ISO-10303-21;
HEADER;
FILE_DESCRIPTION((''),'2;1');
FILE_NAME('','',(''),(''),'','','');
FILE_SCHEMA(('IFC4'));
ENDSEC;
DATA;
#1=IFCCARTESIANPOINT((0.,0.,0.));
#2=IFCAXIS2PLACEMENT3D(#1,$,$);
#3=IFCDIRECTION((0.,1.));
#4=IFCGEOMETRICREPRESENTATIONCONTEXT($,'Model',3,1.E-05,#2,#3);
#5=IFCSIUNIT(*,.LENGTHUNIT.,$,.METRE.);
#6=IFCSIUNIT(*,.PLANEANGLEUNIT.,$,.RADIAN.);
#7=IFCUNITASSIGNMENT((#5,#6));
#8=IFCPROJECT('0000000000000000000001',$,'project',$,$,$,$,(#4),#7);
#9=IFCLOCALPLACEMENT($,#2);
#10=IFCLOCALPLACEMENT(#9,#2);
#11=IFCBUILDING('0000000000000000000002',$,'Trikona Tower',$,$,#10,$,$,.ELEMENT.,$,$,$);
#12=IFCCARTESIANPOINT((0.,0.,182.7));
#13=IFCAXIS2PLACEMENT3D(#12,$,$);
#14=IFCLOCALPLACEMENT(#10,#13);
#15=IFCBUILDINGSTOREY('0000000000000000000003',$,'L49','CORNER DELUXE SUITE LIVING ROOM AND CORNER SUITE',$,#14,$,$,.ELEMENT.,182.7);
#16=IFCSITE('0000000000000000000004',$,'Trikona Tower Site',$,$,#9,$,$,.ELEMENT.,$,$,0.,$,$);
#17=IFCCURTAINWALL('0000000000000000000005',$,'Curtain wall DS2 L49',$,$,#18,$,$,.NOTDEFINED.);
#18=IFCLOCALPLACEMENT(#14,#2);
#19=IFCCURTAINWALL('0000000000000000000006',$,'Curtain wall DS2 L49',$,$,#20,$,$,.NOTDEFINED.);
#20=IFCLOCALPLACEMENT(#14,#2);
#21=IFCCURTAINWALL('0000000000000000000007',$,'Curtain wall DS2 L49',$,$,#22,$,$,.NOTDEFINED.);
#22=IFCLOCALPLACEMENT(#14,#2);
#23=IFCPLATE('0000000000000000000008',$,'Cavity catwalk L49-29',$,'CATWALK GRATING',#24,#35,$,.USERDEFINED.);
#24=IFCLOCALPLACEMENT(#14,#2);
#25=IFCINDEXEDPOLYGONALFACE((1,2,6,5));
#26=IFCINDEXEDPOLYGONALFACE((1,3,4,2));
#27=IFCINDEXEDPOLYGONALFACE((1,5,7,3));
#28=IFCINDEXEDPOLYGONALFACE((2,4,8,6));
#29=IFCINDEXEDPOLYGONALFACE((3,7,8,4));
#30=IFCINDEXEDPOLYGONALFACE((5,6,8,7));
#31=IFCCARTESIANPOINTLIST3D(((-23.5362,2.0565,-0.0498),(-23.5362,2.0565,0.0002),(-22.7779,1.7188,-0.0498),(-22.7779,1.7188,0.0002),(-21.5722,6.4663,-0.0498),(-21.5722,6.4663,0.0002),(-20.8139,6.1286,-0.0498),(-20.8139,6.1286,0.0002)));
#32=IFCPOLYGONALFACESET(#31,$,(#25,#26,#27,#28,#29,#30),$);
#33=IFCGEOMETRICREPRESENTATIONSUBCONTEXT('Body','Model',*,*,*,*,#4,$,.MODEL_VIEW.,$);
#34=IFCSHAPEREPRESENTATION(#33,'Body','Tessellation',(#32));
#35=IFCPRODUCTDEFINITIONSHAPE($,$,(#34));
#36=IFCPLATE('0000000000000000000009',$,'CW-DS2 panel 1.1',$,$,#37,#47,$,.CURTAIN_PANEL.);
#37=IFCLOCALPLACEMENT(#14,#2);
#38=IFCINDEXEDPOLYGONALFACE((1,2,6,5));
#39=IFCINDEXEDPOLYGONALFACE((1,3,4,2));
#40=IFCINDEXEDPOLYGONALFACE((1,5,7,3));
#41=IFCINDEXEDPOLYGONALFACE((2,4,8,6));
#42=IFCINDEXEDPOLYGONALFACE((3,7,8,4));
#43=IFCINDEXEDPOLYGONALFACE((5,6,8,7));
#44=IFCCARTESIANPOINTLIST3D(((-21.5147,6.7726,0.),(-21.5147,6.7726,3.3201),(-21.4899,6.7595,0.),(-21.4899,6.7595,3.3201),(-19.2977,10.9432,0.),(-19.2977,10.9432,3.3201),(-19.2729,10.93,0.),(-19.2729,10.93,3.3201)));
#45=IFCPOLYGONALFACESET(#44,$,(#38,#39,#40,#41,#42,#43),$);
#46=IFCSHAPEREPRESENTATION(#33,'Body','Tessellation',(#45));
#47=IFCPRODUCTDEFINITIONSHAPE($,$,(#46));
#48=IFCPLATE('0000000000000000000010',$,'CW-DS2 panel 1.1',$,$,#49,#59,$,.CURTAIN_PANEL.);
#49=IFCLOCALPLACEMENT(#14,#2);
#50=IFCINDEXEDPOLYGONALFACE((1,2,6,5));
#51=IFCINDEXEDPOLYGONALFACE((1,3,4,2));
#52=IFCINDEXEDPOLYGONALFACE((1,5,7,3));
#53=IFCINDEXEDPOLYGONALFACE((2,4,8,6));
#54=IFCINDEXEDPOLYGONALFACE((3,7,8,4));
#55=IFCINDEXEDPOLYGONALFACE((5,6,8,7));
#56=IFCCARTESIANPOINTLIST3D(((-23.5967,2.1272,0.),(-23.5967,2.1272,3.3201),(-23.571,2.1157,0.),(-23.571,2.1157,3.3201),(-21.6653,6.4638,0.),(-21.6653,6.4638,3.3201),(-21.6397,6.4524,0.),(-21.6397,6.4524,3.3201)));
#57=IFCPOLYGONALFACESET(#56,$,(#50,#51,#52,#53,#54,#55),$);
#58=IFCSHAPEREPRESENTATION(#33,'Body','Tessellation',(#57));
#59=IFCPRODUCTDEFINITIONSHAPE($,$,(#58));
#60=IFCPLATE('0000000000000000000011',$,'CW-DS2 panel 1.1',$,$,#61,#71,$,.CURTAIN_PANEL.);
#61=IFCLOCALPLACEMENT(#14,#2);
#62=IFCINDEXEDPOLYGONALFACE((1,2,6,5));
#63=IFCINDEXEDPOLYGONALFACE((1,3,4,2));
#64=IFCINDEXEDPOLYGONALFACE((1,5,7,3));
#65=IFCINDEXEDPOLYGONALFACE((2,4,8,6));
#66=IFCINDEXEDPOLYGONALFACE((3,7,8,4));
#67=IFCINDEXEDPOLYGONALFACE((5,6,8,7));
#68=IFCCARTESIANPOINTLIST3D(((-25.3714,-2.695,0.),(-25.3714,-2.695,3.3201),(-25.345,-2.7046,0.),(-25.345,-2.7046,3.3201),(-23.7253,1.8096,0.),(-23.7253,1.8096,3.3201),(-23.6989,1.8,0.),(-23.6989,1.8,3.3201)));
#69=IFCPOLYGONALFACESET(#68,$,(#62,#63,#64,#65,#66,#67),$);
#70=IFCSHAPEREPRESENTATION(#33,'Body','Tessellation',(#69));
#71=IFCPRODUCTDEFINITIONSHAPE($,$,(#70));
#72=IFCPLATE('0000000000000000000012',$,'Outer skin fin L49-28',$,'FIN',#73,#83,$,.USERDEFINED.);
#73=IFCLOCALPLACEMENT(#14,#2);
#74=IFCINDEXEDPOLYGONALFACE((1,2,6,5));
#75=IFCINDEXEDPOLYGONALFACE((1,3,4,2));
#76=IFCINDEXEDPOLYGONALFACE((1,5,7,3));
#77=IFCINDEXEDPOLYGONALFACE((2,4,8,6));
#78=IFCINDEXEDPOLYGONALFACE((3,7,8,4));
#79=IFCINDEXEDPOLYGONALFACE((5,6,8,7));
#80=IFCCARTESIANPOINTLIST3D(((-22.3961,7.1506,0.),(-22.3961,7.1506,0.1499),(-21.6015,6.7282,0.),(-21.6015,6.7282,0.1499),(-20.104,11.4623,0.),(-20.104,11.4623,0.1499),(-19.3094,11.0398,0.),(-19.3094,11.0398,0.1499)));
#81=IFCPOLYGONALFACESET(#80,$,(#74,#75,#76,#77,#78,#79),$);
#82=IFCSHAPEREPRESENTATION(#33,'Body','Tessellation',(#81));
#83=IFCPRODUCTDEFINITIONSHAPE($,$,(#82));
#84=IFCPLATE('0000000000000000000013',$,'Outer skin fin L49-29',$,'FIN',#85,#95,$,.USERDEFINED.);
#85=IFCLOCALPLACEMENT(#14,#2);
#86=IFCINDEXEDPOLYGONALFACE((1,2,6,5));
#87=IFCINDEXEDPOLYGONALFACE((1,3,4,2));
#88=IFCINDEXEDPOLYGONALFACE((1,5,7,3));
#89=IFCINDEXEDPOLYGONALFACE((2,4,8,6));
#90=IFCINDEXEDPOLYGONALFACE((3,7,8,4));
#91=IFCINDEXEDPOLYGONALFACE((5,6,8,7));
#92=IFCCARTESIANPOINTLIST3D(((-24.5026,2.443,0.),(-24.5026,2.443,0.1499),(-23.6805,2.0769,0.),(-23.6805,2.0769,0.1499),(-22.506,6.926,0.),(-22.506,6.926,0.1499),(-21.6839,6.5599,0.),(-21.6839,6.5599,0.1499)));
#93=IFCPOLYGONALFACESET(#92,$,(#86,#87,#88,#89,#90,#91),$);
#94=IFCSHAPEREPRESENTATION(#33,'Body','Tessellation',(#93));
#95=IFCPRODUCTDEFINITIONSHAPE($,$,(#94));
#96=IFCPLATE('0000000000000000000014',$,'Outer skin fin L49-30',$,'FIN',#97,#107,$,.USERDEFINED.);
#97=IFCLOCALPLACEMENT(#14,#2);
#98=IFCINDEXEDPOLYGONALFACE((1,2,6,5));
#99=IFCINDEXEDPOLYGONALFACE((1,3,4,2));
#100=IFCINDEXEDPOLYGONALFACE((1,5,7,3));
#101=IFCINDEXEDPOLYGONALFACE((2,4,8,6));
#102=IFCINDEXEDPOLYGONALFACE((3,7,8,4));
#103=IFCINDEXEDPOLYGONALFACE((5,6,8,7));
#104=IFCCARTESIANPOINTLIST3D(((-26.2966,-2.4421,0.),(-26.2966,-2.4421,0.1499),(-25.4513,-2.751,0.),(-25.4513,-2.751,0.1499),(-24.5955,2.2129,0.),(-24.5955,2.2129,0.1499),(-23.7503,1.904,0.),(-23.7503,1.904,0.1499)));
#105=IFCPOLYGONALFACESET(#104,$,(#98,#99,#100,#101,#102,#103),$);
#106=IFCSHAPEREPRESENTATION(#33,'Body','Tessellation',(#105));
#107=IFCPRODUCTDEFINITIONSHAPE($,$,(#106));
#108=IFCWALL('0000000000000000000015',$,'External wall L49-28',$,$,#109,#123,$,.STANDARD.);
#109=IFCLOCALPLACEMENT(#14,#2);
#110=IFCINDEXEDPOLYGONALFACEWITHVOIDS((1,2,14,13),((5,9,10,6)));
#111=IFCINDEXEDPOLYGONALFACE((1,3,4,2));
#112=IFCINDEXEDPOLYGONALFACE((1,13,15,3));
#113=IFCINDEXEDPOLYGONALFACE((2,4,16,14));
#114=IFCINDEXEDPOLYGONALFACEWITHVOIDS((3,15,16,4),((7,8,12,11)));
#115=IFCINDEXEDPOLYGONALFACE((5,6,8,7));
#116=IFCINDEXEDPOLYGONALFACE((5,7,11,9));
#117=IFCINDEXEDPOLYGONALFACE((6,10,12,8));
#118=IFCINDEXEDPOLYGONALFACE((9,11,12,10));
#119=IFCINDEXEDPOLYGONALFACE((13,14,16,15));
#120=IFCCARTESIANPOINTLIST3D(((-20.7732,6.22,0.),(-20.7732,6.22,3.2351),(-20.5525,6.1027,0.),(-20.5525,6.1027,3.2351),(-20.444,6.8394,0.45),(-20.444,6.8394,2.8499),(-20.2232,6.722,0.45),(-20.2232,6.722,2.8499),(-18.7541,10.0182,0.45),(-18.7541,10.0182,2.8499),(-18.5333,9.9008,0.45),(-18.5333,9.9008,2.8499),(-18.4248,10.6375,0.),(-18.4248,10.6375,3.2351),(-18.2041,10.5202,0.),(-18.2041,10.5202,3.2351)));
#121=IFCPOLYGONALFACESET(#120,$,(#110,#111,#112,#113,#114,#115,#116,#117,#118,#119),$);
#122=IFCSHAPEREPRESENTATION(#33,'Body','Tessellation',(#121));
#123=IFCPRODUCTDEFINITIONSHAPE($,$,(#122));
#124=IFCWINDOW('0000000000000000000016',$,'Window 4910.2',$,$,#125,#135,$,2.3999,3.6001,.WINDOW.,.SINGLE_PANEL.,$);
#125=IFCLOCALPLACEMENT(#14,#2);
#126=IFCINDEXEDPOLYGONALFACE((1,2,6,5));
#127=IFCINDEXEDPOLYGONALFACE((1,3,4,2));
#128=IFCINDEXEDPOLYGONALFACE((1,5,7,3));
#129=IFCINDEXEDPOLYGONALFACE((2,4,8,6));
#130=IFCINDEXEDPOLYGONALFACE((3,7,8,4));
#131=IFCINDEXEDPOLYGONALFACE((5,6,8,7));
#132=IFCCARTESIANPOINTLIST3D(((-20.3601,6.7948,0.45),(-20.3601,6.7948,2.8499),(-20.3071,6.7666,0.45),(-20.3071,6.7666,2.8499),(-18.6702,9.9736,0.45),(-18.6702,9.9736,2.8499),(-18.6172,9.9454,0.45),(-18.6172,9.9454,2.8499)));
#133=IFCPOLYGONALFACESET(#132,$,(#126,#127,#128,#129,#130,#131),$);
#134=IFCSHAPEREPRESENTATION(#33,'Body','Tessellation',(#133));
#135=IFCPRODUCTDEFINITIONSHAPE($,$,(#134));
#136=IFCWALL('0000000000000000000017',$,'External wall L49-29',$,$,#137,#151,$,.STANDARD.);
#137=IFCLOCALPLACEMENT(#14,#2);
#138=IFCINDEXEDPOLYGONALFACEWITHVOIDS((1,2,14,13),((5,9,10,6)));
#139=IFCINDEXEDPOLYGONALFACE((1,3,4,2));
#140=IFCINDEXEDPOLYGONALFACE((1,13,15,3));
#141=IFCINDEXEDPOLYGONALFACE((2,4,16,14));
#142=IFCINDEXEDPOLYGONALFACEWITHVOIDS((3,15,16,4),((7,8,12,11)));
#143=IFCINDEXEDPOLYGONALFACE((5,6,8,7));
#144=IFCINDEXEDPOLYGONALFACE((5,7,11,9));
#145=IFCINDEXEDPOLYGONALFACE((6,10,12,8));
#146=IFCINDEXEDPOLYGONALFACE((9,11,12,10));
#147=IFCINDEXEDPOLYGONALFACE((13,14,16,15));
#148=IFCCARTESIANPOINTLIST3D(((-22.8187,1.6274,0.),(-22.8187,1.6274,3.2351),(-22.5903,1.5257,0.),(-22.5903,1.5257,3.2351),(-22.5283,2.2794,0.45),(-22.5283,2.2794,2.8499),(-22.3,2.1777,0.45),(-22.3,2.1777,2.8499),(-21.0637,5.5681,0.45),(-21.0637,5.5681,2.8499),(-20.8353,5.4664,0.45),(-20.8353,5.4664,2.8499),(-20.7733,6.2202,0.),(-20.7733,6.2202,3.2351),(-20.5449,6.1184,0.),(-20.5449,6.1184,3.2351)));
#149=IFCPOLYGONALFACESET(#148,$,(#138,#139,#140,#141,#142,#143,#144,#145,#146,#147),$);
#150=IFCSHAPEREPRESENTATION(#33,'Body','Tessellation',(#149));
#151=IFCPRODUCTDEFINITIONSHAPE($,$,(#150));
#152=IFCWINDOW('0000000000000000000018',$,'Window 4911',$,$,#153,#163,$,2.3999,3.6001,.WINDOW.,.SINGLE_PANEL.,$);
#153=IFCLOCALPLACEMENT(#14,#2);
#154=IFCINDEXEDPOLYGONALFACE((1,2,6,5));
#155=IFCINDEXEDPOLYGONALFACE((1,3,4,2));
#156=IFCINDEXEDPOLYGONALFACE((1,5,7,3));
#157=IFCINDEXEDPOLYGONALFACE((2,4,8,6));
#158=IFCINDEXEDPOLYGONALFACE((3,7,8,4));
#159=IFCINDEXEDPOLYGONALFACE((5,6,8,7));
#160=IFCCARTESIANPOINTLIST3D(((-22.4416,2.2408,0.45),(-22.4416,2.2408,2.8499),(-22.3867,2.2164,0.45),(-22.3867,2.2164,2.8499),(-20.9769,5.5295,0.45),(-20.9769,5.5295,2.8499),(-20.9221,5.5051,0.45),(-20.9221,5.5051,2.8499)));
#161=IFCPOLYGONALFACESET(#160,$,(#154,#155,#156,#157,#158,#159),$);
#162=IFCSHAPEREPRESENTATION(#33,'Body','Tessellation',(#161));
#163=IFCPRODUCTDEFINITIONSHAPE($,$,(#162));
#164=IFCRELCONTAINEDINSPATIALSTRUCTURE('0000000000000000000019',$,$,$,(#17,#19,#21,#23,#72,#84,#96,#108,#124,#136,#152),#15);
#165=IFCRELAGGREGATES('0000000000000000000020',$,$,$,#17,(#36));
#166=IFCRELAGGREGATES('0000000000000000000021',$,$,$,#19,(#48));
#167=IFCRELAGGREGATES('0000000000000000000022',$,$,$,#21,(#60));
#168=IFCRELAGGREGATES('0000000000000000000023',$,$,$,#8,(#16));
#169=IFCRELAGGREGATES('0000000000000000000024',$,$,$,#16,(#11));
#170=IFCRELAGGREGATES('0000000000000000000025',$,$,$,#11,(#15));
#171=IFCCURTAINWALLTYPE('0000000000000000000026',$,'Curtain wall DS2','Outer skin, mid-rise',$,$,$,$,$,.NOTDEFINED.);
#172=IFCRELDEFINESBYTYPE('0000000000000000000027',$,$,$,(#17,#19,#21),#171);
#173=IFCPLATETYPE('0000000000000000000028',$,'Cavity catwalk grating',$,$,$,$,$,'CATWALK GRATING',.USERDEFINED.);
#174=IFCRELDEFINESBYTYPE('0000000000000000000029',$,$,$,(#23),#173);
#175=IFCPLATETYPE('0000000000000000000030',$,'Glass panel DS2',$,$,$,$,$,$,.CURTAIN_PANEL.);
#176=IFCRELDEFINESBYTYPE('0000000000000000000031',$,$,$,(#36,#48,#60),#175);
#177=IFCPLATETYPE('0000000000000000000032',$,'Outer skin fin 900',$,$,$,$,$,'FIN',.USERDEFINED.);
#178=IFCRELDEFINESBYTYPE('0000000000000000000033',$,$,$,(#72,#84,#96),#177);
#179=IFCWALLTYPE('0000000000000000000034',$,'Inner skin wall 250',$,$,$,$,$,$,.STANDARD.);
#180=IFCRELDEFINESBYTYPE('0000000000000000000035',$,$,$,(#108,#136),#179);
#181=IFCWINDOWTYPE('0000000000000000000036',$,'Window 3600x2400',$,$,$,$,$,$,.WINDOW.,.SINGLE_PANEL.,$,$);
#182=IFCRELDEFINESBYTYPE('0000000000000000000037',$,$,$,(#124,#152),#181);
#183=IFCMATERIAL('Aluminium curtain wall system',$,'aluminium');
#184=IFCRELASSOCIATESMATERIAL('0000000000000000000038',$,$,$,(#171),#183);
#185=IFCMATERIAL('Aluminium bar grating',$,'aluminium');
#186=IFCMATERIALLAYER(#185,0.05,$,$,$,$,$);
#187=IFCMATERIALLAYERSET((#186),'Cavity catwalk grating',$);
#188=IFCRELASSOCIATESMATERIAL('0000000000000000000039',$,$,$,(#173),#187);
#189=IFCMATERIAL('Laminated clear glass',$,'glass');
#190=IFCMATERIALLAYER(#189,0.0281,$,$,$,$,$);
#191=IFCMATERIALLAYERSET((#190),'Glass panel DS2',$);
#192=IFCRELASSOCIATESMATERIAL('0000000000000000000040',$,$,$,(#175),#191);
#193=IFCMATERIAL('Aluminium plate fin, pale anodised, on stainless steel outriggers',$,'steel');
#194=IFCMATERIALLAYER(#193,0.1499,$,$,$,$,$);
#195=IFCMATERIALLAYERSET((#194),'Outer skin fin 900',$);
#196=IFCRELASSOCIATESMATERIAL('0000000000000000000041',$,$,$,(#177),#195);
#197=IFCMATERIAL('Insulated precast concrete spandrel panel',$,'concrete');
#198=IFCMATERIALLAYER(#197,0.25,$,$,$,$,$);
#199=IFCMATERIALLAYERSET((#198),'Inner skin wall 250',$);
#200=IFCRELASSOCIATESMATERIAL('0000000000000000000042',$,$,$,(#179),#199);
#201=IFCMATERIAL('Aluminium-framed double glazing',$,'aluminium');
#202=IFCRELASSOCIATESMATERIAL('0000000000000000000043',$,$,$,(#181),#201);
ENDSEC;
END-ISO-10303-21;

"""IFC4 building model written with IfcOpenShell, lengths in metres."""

from ifc_helpers import new_model, si_unit, direction, frame, frame_2d, origin, origin_2d, place, context, subcontext, project, spatial, rectangle, extrude, material, layer, layer_set, type_object, element, fill, aggregate, save


model = new_model("IFC4")

# Units and contexts
model_context = context("Model", 3, precision=1e-05, world=origin(), true_north=direction((0.0, 1.0)))
body_context = subcontext(model_context, "Body", "Model", "MODEL_VIEW")
ifc_project = project(units=[si_unit("LENGTHUNIT", "METRE"), si_unit("PLANEANGLEUNIT", "RADIAN")], contexts=[model_context])

# Site, building, storey
site_placement = place(None, origin())
site = spatial("IfcSite", under=ifc_project, at=site_placement, Name="Trikona Tower Site", CompositionType="ELEMENT", RefElevation=0.0)
building_placement = place(site_placement, origin())
building = spatial("IfcBuilding", under=site, at=building_placement, Name="Trikona Tower", CompositionType="ELEMENT")
storey_placement = place(building_placement, frame((0.0, 0.0, 182.7)))
storey = spatial("IfcBuildingStorey", under=building, at=storey_placement, Name="L49", Description="CORNER DELUXE SUITE LIVING ROOM AND CORNER SUITE", CompositionType="ELEMENT", Elevation=182.7)

# Shared definitions
ifc_material_1 = material(Name="Aluminium curtain wall system", Category="aluminium")
curtain_wall_type = type_object("IfcCurtainWallType", Name="Curtain wall DS2", Description="Outer skin, mid-rise", PredefinedType="NOTDEFINED", material=ifc_material_1)

# Curtain walls
curtain_wall_1_placement = place(storey_placement, origin())
curtain_wall_1 = element("IfcCurtainWall", 1, at=curtain_wall_1_placement, inside=storey, type_object=curtain_wall_type, Name="Curtain wall DS2 L49", PredefinedType="NOTDEFINED")
curtain_wall_2_placement = place(storey_placement, origin())
curtain_wall_2 = element("IfcCurtainWall", 2, at=curtain_wall_2_placement, inside=storey, type_object=curtain_wall_type, Name="Curtain wall DS2 L49", PredefinedType="NOTDEFINED")

# Curtain wall
curtain_wall_3_placement = place(storey_placement, origin())
curtain_wall_3 = element("IfcCurtainWall", 3, at=curtain_wall_3_placement, inside=storey, type_object=curtain_wall_type, Name="Curtain wall DS2 L49", PredefinedType="NOTDEFINED")

# Plate
ifc_material_2 = material(Name="Aluminium bar grating", Category="aluminium")
ifc_layer_1 = layer(ifc_material_2, 0.05)
ifc_layer_set_1 = layer_set([ifc_layer_1], Name="Cavity catwalk grating")
plate_type_1 = type_object("IfcPlateType", Name="Cavity catwalk grating", ElementType="CATWALK GRATING", PredefinedType="USERDEFINED", material=ifc_layer_set_1)
plate_1_placement = place(storey_placement, frame((-22.175, 4.0925, -0.0498), z_axis=(0.0, 0.0, 1.0), x_axis=(-0.406843, -0.913498, 0.0)))
element("IfcPlate", 4, at=plate_1_placement, inside=storey, type_object=plate_type_1, Name="Cavity catwalk L49-29", ObjectType="CATWALK GRATING", PredefinedType="USERDEFINED", context=body_context, shape_type="SweptSolid", body=[
    extrude(rectangle(XDim=4.8274, YDim=0.8301, at=origin_2d()), origin(), (0.0, 0.0, 1.0), 0.05),
])

# Plates
ifc_material_3 = material(Name="Laminated clear glass", Category="glass")
ifc_layer_2 = layer(ifc_material_3, 0.0281)
ifc_layer_set_2 = layer_set([ifc_layer_2], Name="Glass panel DS2")
plate_type_2 = type_object("IfcPlateType", Name="Glass panel DS2", PredefinedType="CURTAIN_PANEL", material=ifc_layer_set_2)
plate_2_placement = place(storey_placement, frame((-20.3938, 8.8513, 0.0), z_axis=(0.0, 0.0, 1.0), x_axis=(-0.46938, -0.882996, 0.0)))
plate_2 = element("IfcPlate", 5, at=plate_2_placement, type_object=plate_type_2, Name="CW-DS2 panel 1.1", PredefinedType="CURTAIN_PANEL", context=body_context, shape_type="SweptSolid", body=[
    extrude(rectangle(XDim=4.7231, YDim=0.0281, at=origin_2d()), origin(), (0.0, 0.0, 1.0), 3.3201),
])
aggregate(curtain_wall_1, [plate_2])
plate_3_placement = place(storey_placement, frame((-22.6182, 4.2898, 0.0), z_axis=(0.0, 0.0, 1.0), x_axis=(-0.406836, -0.913501, 0.0)))
plate_3 = element("IfcPlate", 6, at=plate_3_placement, type_object=plate_type_2, Name="CW-DS2 panel 1.1", PredefinedType="CURTAIN_PANEL", context=body_context, shape_type="SweptSolid", body=[
    extrude(rectangle(XDim=4.7473, YDim=0.0281, at=origin_2d()), origin(), (0.0, 0.0, 1.0), 3.3201),
])
aggregate(curtain_wall_2, [plate_3])
plate_4_placement = place(storey_placement, frame((-24.5352, -0.4475, 0.0), z_axis=(0.0, 0.0, 1.0), x_axis=(-0.343223, -0.939254, 0.0)))
plate_4 = element("IfcPlate", 7, at=plate_4_placement, type_object=plate_type_2, Name="CW-DS2 panel 1.1", PredefinedType="CURTAIN_PANEL", context=body_context, shape_type="SweptSolid", body=[
    extrude(rectangle(XDim=4.7959, YDim=0.0281, at=origin_2d()), origin(), (0.0, 0.0, 1.0), 3.3201),
])
aggregate(curtain_wall_3, [plate_4])

# Plates
ifc_material_4 = material(Name="Aluminium plate fin, pale anodised, on stainless steel outriggers", Category="steel")
ifc_layer_3 = layer(ifc_material_4, 0.1499)
ifc_layer_set_3 = layer_set([ifc_layer_3], Name="Outer skin fin 900")
plate_type_3 = type_object("IfcPlateType", Name="Outer skin fin 900", ElementType="FIN", PredefinedType="USERDEFINED", material=ifc_layer_set_3)
plate_5_placement = place(storey_placement, frame((-20.8528, 9.0952, 0.0), z_axis=(0.0, 0.0, 1.0), x_axis=(-0.469398, -0.882987, 0.0)))
element("IfcPlate", 8, at=plate_5_placement, inside=storey, type_object=plate_type_3, Name="Outer skin fin L49-28", ObjectType="FIN", PredefinedType="USERDEFINED", context=body_context, shape_type="SweptSolid", body=[
    extrude(rectangle(XDim=4.8831, YDim=0.8999, at=origin_2d()), origin(), (0.0, 0.0, 1.0), 0.1499),
])
plate_6_placement = place(storey_placement, frame((-23.0933, 4.5015, 0.0), z_axis=(0.0, 0.0, 1.0), x_axis=(-0.406843, -0.913498, 0.0)))
element("IfcPlate", 9, at=plate_6_placement, inside=storey, type_object=plate_type_3, Name="Outer skin fin L49-29", ObjectType="FIN", PredefinedType="USERDEFINED", context=body_context, shape_type="SweptSolid", body=[
    extrude(rectangle(XDim=4.9075, YDim=0.8999, at=origin_2d()), origin(), (0.0, 0.0, 1.0), 0.1499),
])
plate_7_placement = place(storey_placement, frame((-25.0234, -0.269, 0.0), z_axis=(0.0, 0.0, 1.0), x_axis=(-0.34322, -0.939255, 0.0)))
element("IfcPlate", 10, at=plate_7_placement, inside=storey, type_object=plate_type_3, Name="Outer skin fin L49-30", ObjectType="FIN", PredefinedType="USERDEFINED", context=body_context, shape_type="SweptSolid", body=[
    extrude(rectangle(XDim=4.9561, YDim=0.8999, at=origin_2d()), origin(), (0.0, 0.0, 1.0), 0.1499),
])

# Walls, openings, windows
ifc_material_5 = material(Name="Insulated precast concrete spandrel panel", Category="concrete")
ifc_layer_4 = layer(ifc_material_5, 0.25)
ifc_layer_set_4 = layer_set([ifc_layer_4], Name="Inner skin wall 250")
wall_type = type_object("IfcWallType", Name="Inner skin wall 250", PredefinedType="STANDARD", material=ifc_layer_set_4)
wall_1_placement = place(storey_placement, frame((-18.3145, 10.5789, 0.0), z_axis=(0.0, 0.0, 1.0), x_axis=(-0.469405, -0.882983, 0.0)))
wall_1 = element("IfcWall", 11, at=wall_1_placement, inside=storey, type_object=wall_type, Name="External wall L49-28", PredefinedType="STANDARD", context=body_context, shape_type="SweptSolid", body=[
    extrude(rectangle(XDim=5.0029, YDim=0.25, at=frame_2d((2.5015, 0.0))), origin(), (0.0, 0.0, 1.0), 3.2351),
])
opening_1_placement = place(wall_1_placement, frame((0.7014, 0.0, 0.45)))
opening_1 = element("IfcOpeningElement", 12, at=opening_1_placement, cuts=wall_1, PredefinedType="OPENING", context=body_context, shape_type="SweptSolid", body=[
    extrude(rectangle(XDim=3.6001, YDim=2.3999, at=frame_2d((1.8, 1.2))), frame((0.0, 0.135, 0.0), z_axis=(0.0, -1.0, 0.0), x_axis=(1.0, 0.0, 0.0)), (0.0, 0.0, 1.0), 0.27),
])
ifc_material_6 = material(Name="Aluminium-framed double glazing", Category="aluminium")
window_type = type_object("IfcWindowType", Name="Window 3600x2400", PartitioningType="SINGLE_PANEL", PredefinedType="WINDOW", material=ifc_material_6)
window_1_placement = place(opening_1_placement, origin())
window_1 = element("IfcWindow", 13, at=window_1_placement, inside=storey, type_object=window_type, Name="Window 4910.2", OverallHeight=2.3999, OverallWidth=3.6001, PartitioningType="SINGLE_PANEL", PredefinedType="WINDOW", context=body_context, shape_type="SweptSolid", body=[
    extrude(rectangle(XDim=3.6001, YDim=2.3999, at=frame_2d((1.8, 1.2))), frame((0.0, 0.03, 0.0), z_axis=(0.0, -1.0, 0.0), x_axis=(1.0, 0.0, 0.0)), (0.0, 0.0, 1.0), 0.0601),
])
fill(opening_1, window_1)
wall_2_placement = place(storey_placement, frame((-20.6592, 6.1692, 0.0), z_axis=(0.0, 0.0, 1.0), x_axis=(-0.406832, -0.913503, 0.0)))
wall_2 = element("IfcWall", 14, at=wall_2_placement, inside=storey, type_object=wall_type, Name="External wall L49-29", PredefinedType="STANDARD", context=body_context, shape_type="SweptSolid", body=[
    extrude(rectangle(XDim=5.0276, YDim=0.25, at=frame_2d((2.5137, 0.0))), origin(), (0.0, 0.0, 1.0), 3.2351),
])
opening_2_placement = place(wall_2_placement, frame((0.7136, 0.0, 0.45)))
opening_2 = element("IfcOpeningElement", 15, at=opening_2_placement, cuts=wall_2, PredefinedType="OPENING", context=body_context, shape_type="SweptSolid", body=[
    extrude(rectangle(XDim=3.6001, YDim=2.3999, at=frame_2d((1.8, 1.2))), frame((0.0, 0.135, 0.0), z_axis=(0.0, -1.0, 0.0), x_axis=(1.0, 0.0, 0.0)), (0.0, 0.0, 1.0), 0.27),
])
window_2_placement = place(opening_2_placement, origin())
window_2 = element("IfcWindow", 16, at=window_2_placement, inside=storey, type_object=window_type, Name="Window 4911", OverallHeight=2.3999, OverallWidth=3.6001, PartitioningType="SINGLE_PANEL", PredefinedType="WINDOW", context=body_context, shape_type="SweptSolid", body=[
    extrude(rectangle(XDim=3.6001, YDim=2.3999, at=frame_2d((1.8, 1.2))), frame((0.0, 0.03, 0.0), z_axis=(0.0, -1.0, 0.0), x_axis=(1.0, 0.0, 0.0)), (0.0, 0.0, 1.0), 0.0601),
])
fill(opening_2, window_2)

save(model, "model.ifc")
